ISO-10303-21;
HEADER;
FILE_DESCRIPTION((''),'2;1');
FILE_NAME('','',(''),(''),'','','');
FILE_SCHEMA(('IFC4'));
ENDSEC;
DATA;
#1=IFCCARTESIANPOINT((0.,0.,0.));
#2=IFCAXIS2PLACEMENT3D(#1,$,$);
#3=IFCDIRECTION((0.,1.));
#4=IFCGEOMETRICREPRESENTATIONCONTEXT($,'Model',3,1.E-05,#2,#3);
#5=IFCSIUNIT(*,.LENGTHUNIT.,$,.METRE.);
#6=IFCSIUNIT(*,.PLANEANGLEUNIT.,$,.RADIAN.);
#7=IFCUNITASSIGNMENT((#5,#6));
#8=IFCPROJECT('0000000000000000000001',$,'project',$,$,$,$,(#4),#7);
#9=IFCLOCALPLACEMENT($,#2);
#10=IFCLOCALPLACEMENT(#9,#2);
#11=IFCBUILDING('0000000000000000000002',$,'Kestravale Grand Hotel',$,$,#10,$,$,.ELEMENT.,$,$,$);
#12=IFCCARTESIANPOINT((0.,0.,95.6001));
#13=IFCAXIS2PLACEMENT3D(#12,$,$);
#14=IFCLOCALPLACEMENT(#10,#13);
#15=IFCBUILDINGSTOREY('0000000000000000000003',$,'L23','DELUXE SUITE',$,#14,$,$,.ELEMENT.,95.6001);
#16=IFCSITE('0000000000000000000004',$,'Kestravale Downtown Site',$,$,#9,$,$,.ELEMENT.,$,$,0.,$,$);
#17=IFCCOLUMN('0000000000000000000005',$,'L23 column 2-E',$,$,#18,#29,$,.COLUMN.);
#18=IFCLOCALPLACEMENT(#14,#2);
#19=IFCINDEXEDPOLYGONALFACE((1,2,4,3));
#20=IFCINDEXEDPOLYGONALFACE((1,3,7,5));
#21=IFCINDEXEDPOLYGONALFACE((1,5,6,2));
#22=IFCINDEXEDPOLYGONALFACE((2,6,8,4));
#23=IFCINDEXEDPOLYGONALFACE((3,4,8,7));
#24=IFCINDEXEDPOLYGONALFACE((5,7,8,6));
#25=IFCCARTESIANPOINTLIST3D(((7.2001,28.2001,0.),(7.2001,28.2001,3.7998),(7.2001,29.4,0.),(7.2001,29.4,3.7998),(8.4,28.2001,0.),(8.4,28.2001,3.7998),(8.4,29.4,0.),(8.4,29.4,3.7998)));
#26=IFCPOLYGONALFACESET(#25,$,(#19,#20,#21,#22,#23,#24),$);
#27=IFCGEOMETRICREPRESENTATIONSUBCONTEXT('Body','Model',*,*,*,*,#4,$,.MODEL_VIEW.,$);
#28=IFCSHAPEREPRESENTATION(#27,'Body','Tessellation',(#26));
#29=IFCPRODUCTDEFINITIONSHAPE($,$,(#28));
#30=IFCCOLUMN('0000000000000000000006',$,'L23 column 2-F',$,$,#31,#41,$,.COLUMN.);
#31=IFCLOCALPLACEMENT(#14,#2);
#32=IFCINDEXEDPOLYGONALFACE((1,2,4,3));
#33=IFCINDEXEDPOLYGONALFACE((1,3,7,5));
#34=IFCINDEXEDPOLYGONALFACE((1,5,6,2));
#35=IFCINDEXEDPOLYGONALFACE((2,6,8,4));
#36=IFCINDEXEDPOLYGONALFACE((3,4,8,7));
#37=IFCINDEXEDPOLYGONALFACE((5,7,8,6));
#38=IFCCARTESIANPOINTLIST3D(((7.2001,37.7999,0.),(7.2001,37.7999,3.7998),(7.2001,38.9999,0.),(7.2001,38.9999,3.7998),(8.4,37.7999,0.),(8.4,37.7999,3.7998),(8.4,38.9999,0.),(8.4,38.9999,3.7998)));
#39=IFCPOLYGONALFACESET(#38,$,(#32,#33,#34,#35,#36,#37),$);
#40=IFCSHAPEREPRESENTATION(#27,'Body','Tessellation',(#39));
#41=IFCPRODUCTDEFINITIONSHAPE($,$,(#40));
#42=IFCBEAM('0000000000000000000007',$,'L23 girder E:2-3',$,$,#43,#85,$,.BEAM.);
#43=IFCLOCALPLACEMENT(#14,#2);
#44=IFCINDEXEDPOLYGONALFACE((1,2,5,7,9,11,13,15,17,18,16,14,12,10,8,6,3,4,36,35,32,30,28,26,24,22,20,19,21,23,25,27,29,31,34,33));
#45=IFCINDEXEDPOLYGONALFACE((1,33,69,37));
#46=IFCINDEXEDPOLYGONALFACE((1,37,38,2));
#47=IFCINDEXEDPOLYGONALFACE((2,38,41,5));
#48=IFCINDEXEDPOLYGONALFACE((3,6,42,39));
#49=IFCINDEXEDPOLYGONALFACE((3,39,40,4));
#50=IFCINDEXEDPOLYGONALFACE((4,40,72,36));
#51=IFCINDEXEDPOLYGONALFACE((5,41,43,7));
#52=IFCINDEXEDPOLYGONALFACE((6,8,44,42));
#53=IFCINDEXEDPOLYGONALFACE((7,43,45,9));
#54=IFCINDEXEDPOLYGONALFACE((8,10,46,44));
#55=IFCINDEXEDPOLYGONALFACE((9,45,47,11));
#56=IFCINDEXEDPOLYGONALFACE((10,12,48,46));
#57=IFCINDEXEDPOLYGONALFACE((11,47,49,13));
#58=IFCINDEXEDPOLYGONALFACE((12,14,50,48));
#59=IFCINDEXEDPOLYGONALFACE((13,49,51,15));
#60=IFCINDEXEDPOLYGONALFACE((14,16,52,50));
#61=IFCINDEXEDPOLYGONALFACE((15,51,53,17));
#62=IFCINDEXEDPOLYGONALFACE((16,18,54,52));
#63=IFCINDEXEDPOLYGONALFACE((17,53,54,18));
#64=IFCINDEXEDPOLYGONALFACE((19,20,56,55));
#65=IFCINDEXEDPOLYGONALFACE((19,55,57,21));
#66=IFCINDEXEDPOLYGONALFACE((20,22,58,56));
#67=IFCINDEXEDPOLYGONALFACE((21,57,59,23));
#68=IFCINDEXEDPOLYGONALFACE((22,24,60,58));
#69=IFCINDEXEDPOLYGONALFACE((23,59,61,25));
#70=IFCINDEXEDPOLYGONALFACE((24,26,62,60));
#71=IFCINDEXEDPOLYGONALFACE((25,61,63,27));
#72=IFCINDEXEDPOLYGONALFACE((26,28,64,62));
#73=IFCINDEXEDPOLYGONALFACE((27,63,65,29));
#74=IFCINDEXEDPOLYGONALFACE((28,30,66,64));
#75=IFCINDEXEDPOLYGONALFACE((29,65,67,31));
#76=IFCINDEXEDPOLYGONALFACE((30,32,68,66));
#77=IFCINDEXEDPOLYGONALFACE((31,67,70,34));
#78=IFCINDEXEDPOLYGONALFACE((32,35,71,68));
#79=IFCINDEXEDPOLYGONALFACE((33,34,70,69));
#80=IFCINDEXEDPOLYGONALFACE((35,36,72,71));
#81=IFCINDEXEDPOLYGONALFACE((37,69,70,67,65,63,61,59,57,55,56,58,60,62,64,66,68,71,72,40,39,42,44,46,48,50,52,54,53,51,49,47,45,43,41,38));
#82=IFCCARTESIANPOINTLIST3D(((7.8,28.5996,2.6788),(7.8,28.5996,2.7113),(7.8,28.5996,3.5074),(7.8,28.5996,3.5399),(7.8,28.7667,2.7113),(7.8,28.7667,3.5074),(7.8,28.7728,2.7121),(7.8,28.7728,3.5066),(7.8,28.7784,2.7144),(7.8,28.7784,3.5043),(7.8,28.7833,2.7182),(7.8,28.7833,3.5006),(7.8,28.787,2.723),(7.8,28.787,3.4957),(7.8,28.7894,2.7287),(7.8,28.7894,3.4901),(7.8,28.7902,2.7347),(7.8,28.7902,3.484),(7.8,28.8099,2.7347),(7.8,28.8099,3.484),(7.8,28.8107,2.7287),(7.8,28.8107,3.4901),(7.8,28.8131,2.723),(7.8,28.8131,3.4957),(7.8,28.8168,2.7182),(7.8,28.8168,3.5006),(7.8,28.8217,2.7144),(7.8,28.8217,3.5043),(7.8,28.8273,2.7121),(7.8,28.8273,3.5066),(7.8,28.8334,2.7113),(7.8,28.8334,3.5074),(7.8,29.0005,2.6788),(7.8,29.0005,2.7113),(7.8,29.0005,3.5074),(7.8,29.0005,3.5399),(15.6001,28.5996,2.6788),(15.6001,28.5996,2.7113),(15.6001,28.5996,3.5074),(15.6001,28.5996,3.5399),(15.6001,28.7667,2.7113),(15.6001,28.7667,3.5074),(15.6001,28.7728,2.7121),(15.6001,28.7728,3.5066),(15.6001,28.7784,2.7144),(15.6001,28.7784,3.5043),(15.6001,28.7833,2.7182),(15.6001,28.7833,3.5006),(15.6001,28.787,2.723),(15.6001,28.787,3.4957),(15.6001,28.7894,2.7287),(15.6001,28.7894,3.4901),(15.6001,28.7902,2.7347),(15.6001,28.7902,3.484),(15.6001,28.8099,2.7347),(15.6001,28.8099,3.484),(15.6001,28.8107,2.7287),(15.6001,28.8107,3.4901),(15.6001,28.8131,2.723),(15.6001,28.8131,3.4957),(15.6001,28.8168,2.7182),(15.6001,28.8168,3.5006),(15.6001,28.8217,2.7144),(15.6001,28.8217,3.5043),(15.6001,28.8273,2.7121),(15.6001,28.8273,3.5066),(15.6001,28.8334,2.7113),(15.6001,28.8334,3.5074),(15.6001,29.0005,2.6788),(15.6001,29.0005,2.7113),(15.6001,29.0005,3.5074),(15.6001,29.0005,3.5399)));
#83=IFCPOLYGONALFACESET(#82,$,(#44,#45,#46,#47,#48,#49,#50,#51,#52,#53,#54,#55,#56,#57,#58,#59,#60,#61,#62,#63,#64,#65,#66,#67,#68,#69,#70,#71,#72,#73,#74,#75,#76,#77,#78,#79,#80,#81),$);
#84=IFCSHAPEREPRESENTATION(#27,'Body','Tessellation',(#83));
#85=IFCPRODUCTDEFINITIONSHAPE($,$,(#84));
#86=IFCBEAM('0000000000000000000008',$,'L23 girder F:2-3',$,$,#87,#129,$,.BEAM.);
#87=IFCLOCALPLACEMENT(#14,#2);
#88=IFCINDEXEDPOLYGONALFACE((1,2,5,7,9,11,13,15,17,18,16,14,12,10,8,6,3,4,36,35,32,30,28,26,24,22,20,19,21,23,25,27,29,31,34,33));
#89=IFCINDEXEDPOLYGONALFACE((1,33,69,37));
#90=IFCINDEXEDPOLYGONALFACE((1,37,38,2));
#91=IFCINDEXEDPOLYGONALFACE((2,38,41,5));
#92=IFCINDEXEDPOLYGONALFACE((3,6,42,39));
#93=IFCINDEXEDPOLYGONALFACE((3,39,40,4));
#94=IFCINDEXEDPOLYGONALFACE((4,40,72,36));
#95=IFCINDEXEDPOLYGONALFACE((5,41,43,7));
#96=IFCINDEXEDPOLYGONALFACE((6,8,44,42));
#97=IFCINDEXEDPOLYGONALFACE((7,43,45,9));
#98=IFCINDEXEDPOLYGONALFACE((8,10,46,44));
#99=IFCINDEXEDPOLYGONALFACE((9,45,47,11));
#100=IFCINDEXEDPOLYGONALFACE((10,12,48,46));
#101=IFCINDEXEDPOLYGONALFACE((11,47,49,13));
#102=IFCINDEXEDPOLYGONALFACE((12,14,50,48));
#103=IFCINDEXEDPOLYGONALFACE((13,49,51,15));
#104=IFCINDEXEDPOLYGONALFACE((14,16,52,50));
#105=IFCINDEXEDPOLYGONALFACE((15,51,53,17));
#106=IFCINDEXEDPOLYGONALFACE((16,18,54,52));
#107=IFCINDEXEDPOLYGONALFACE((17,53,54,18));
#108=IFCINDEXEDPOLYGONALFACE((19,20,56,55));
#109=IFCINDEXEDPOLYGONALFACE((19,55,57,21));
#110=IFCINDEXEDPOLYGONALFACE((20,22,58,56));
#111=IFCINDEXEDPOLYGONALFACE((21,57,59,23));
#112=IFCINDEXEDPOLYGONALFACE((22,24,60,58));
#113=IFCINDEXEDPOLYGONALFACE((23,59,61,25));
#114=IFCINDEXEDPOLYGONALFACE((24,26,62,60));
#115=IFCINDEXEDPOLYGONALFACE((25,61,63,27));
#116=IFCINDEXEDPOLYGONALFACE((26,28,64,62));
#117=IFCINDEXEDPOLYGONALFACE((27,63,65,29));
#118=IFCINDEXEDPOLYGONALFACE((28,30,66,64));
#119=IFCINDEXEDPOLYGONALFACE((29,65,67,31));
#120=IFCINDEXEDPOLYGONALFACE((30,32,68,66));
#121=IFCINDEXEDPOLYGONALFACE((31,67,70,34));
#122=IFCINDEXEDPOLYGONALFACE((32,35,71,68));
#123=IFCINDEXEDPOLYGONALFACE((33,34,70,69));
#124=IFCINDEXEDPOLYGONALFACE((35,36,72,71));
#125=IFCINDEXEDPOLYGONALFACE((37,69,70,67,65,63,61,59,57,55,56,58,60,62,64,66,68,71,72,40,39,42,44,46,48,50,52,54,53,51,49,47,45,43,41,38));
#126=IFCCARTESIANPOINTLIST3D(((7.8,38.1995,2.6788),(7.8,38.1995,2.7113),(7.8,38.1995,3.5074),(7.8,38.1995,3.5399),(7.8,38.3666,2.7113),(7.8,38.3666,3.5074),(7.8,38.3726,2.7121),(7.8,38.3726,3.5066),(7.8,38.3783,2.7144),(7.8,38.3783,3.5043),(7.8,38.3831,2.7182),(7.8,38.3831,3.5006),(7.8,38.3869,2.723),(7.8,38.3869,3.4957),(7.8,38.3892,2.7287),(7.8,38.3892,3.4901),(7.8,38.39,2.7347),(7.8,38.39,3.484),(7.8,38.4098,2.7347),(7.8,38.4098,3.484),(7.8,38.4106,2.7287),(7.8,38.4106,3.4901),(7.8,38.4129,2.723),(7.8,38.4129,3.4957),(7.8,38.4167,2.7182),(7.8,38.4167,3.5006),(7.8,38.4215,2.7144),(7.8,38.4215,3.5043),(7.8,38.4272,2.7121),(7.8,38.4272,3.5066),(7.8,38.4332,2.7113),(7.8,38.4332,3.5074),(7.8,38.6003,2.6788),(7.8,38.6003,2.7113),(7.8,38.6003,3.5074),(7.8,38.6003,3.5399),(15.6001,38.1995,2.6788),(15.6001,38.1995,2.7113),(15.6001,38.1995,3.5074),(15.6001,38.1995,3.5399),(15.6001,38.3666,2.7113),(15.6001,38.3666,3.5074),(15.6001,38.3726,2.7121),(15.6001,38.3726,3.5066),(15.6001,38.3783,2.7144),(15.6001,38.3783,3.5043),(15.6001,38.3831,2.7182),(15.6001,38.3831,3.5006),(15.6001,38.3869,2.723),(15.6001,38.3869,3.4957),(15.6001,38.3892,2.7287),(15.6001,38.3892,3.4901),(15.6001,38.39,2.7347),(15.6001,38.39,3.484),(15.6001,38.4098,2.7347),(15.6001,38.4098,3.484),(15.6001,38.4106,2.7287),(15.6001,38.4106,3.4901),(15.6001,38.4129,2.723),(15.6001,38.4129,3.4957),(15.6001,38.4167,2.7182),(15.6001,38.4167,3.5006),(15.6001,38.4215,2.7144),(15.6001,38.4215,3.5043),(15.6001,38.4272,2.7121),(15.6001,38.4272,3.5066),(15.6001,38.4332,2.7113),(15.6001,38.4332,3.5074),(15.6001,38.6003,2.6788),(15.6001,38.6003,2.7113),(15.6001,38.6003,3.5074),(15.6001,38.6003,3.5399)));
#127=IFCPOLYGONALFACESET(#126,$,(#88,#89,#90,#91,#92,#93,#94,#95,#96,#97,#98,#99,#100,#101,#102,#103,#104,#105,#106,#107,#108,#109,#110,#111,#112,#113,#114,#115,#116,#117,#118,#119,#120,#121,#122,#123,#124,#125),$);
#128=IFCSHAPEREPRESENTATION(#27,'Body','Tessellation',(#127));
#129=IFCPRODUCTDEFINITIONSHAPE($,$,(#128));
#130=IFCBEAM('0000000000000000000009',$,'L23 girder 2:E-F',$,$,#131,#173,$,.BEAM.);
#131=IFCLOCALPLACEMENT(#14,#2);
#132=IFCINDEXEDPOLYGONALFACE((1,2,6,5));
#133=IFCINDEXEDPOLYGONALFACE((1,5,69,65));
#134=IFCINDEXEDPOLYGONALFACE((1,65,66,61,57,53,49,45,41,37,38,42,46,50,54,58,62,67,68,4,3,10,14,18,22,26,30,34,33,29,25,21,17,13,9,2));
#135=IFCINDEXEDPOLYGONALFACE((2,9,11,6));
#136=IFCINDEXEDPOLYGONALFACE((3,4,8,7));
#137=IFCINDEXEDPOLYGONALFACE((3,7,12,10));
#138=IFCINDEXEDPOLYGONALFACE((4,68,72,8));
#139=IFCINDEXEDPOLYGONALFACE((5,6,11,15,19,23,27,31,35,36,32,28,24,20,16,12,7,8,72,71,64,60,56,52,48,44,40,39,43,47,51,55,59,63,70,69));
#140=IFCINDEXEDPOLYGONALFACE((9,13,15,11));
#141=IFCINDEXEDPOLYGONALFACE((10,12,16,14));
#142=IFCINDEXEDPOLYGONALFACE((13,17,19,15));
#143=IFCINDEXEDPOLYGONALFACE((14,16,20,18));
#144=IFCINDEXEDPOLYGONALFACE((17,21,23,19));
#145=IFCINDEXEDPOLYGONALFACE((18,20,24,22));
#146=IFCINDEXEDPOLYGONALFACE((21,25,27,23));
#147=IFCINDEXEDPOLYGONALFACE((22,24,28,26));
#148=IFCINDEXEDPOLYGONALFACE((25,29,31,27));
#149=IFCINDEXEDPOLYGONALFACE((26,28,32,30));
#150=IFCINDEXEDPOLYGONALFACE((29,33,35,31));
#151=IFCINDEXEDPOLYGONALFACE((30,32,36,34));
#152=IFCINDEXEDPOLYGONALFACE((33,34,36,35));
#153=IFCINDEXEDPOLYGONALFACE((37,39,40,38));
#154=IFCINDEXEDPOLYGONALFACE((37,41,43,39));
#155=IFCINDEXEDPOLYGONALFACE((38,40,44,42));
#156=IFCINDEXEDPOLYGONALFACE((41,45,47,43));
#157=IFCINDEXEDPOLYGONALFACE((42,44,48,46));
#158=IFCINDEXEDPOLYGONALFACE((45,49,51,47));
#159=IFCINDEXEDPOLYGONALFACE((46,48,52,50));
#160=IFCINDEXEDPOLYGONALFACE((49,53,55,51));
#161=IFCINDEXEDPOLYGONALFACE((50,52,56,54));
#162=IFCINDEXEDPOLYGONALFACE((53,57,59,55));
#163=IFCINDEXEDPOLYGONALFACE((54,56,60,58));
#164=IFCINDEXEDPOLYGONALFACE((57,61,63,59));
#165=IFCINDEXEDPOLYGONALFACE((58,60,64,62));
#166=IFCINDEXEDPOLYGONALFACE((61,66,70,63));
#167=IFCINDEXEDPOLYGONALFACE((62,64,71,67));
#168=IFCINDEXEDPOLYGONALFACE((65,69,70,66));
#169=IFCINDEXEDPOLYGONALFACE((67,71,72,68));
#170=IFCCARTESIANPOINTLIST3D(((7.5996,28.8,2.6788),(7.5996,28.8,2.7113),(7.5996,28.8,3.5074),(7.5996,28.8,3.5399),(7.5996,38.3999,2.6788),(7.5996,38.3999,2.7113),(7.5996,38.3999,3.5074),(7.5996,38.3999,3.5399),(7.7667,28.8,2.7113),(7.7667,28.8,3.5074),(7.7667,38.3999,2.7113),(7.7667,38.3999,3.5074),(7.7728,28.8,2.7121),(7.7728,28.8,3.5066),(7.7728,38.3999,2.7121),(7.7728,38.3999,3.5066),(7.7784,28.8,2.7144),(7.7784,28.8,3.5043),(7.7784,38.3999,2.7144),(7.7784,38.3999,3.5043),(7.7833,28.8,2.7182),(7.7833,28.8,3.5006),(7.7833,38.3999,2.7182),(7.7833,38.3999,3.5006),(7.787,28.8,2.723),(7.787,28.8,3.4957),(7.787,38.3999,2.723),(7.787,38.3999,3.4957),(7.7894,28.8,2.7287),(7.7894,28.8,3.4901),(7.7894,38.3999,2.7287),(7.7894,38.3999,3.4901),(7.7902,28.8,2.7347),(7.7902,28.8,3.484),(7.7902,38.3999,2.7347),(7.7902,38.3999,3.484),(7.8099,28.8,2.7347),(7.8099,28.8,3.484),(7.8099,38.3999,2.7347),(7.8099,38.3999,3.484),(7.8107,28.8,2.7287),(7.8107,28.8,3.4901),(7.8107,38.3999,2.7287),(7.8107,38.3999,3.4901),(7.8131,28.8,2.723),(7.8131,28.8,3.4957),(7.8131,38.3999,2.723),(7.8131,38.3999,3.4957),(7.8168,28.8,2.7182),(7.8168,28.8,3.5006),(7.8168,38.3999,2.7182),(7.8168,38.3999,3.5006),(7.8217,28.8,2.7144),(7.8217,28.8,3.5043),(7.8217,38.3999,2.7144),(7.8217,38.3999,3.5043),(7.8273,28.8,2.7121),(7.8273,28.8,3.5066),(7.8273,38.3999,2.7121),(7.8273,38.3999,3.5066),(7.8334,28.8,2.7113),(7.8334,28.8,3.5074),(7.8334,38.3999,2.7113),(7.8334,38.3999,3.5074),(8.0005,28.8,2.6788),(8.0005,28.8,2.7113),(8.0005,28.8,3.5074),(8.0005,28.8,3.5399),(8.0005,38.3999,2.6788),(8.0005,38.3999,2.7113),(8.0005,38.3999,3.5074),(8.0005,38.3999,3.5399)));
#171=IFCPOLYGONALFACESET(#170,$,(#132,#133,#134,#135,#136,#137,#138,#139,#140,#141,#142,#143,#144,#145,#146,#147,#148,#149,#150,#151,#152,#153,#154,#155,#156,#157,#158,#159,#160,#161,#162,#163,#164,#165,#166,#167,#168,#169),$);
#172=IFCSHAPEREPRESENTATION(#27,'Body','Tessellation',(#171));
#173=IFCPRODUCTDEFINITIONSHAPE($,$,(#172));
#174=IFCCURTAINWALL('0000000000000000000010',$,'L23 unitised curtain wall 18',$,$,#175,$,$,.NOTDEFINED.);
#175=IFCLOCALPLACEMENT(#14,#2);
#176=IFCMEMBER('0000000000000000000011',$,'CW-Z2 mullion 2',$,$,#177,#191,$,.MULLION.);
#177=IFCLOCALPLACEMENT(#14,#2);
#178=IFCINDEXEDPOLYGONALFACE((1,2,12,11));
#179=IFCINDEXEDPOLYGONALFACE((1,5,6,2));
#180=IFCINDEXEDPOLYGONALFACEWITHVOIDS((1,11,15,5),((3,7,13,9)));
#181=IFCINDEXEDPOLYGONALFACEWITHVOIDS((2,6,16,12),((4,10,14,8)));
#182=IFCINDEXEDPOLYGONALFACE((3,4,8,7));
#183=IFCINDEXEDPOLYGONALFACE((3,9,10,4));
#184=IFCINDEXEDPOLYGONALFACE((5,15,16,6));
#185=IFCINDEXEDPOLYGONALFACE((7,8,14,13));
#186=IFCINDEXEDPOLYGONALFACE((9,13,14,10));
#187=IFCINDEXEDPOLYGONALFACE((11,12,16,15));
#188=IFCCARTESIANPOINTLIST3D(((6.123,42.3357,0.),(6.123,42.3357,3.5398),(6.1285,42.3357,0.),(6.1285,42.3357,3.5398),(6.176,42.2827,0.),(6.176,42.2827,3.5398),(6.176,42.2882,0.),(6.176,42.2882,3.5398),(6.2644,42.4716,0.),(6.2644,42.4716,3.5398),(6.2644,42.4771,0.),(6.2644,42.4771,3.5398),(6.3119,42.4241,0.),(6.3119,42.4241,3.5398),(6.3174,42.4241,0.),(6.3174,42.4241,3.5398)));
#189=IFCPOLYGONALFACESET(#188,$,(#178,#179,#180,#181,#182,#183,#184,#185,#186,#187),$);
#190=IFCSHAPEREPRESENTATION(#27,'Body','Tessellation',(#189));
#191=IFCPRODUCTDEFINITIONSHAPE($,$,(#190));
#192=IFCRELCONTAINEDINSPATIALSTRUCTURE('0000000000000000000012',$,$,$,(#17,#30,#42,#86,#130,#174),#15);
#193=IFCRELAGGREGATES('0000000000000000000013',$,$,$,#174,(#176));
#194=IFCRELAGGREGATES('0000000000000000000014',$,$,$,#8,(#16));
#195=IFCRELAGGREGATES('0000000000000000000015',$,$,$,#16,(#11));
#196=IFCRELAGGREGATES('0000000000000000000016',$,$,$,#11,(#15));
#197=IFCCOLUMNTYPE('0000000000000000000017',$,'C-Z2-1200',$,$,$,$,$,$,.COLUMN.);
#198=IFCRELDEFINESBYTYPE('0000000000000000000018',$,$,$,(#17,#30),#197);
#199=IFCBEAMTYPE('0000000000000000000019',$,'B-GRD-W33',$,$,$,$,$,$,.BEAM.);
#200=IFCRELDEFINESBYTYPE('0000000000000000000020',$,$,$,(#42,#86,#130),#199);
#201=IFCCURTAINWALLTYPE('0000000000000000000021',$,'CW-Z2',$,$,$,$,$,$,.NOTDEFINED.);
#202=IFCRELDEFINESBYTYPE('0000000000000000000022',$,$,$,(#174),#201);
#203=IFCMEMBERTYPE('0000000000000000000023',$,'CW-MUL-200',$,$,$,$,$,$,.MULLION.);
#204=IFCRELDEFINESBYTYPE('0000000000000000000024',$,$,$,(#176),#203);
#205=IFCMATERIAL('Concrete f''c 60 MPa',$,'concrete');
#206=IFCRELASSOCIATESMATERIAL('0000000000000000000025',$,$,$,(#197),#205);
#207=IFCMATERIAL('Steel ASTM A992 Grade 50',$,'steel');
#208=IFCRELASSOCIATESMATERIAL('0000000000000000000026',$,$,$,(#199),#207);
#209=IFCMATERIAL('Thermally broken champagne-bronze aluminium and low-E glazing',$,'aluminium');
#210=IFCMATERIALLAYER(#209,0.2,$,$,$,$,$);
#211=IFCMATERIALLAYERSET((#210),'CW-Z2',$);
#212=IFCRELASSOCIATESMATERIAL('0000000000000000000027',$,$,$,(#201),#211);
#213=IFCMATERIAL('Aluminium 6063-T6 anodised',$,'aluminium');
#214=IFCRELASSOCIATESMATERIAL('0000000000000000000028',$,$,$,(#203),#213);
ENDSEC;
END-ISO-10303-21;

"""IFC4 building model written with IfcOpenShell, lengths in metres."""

from ifc_helpers import new_model, si_unit, direction, frame, origin, origin_2d, place, context, subcontext, project, spatial, rectangle, hollow_rectangle, i_section, extrude, material, layer, layer_set, material_profile, profile_set, type_object, element, aggregate, save


model = new_model("IFC4")

# Units and contexts
model_context = context("Model", 3, precision=1e-05, world=origin(), true_north=direction((0.0, 1.0)))
body_context = subcontext(model_context, "Body", "Model", "MODEL_VIEW")
ifc_project = project(units=[si_unit("LENGTHUNIT", "METRE"), si_unit("PLANEANGLEUNIT", "RADIAN")], contexts=[model_context])

# Site, building, storey
site_placement = place(None, origin())
site = spatial("IfcSite", under=ifc_project, at=site_placement, Name="Kestravale Downtown Site", CompositionType="ELEMENT", RefElevation=0.0)
building_placement = place(site_placement, origin())
building = spatial("IfcBuilding", under=site, at=building_placement, Name="Kestravale Grand Hotel", CompositionType="ELEMENT")
storey_placement = place(building_placement, frame((0.0, 0.0, 95.6001)))
storey = spatial("IfcBuildingStorey", under=building, at=storey_placement, Name="L23", Description="DELUXE SUITE", CompositionType="ELEMENT", Elevation=95.6001)

# Columns
ifc_material_1 = material(Name="Concrete f'c 60 MPa", Category="concrete")
ifc_material_profile_1 = material_profile(ifc_material_1, rectangle(XDim=1.2, YDim=1.2, at=origin_2d()))
ifc_profile_set_1 = profile_set([ifc_material_profile_1], Name="Concrete f'c 60 MPa")
column_type = type_object("IfcColumnType", Name="C-Z2-1200", PredefinedType="COLUMN", material=ifc_profile_set_1)
for number, where, z_axis, x_axis, name in (
    (1, (7.8, 28.8, 0.0), (0.0, 0.0, 1.0), (1.0, 0.0, 0.0), "L23 column 2-E"),
    (2, (7.8, 38.3999, 0.0), (0.0, 0.0, 1.0), (1.0, 0.0, 0.0), "L23 column 2-F"),
):
    element("IfcColumn", number, at=place(storey_placement, frame(where, z_axis=z_axis, x_axis=x_axis)), inside=storey, type_object=column_type, Name=name, PredefinedType="COLUMN", context=body_context, shape_type="SweptSolid", body=[
        extrude(rectangle(XDim=1.2, YDim=1.2, at=origin_2d()), origin(), (0.0, 0.0, 1.0), 3.7998),
    ])

# Beams
ifc_material_2 = material(Name="Steel ASTM A992 Grade 50", Category="steel")
ifc_material_profile_2 = material_profile(ifc_material_2, i_section(OverallWidth=0.4009, OverallDepth=0.8611, WebThickness=0.0198, FlangeThickness=0.0325, FilletRadius=0.0234, at=origin_2d()))
ifc_profile_set_2 = profile_set([ifc_material_profile_2], Name="Steel ASTM A992 Grade 50")
beam_type = type_object("IfcBeamType", Name="B-GRD-W33", PredefinedType="BEAM", material=ifc_profile_set_2)
for number, where, z_axis, x_axis, name in (
    (3, (7.8, 28.8, 3.1094), (1.0, 0.0, 0.0), (0.0, 1.0, 0.0), "L23 girder E:2-3"),
    (4, (7.8, 38.3999, 3.1094), (1.0, 0.0, 0.0), (0.0, 1.0, 0.0), "L23 girder F:2-3"),
):
    element("IfcBeam", number, at=place(storey_placement, frame(where, z_axis=z_axis, x_axis=x_axis)), inside=storey, type_object=beam_type, Name=name, PredefinedType="BEAM", context=body_context, shape_type="SweptSolid", body=[
        extrude(i_section(OverallWidth=0.4009, OverallDepth=0.8611, WebThickness=0.0198, FlangeThickness=0.0325, FilletRadius=0.0234, at=origin_2d()), origin(), (0.0, 0.0, 1.0), 7.8),
    ])
beam_placement = place(storey_placement, frame((7.8, 28.8, 3.1094), z_axis=(0.0, 1.0, 0.0), x_axis=(-1.0, 0.0, 0.0)))
element("IfcBeam", 5, at=beam_placement, inside=storey, type_object=beam_type, Name="L23 girder 2:E-F", PredefinedType="BEAM", context=body_context, shape_type="SweptSolid", body=[
    extrude(i_section(OverallWidth=0.4009, OverallDepth=0.8611, WebThickness=0.0198, FlangeThickness=0.0325, FilletRadius=0.0234, at=origin_2d()), origin(), (0.0, 0.0, 1.0), 9.5999),
])

# Curtain wall, member
ifc_material_3 = material(Name="Thermally broken champagne-bronze aluminium and low-E glazing", Category="aluminium")
ifc_layer_1 = layer(ifc_material_3, 0.2)
ifc_layer_set_1 = layer_set([ifc_layer_1], Name="CW-Z2")
curtain_wall_type = type_object("IfcCurtainWallType", Name="CW-Z2", PredefinedType="NOTDEFINED", material=ifc_layer_set_1)
curtain_wall_placement = place(storey_placement, origin())
curtain_wall = element("IfcCurtainWall", 6, at=curtain_wall_placement, inside=storey, type_object=curtain_wall_type, Name="L23 unitised curtain wall 18", PredefinedType="NOTDEFINED")
ifc_material_4 = material(Name="Aluminium 6063-T6 anodised", Category="aluminium")
ifc_material_profile_3 = material_profile(ifc_material_4, hollow_rectangle(XDim=0.075, YDim=0.2, WallThickness=0.0039, at=origin_2d()))
ifc_profile_set_3 = profile_set([ifc_material_profile_3], Name="Aluminium 6063-T6 anodised")
member_type_1 = type_object("IfcMemberType", Name="CW-MUL-200", PredefinedType="MULLION", material=ifc_profile_set_3)
member_1_placement = place(storey_placement, frame((6.2202, 42.3799, 0.0), z_axis=(0.0, 0.0, 1.0), x_axis=(0.707107, -0.707107, 0.0)))
member_1 = element("IfcMember", 7, at=member_1_placement, type_object=member_type_1, Name="CW-Z2 mullion 2", PredefinedType="MULLION", context=body_context, shape_type="SweptSolid", body=[
    extrude(hollow_rectangle(XDim=0.075, YDim=0.2, WallThickness=0.0039, at=origin_2d()), origin(), (0.0, 0.0, 1.0), 3.5398),
])
aggregate(curtain_wall, [member_1])

save(model, "model.ifc")
